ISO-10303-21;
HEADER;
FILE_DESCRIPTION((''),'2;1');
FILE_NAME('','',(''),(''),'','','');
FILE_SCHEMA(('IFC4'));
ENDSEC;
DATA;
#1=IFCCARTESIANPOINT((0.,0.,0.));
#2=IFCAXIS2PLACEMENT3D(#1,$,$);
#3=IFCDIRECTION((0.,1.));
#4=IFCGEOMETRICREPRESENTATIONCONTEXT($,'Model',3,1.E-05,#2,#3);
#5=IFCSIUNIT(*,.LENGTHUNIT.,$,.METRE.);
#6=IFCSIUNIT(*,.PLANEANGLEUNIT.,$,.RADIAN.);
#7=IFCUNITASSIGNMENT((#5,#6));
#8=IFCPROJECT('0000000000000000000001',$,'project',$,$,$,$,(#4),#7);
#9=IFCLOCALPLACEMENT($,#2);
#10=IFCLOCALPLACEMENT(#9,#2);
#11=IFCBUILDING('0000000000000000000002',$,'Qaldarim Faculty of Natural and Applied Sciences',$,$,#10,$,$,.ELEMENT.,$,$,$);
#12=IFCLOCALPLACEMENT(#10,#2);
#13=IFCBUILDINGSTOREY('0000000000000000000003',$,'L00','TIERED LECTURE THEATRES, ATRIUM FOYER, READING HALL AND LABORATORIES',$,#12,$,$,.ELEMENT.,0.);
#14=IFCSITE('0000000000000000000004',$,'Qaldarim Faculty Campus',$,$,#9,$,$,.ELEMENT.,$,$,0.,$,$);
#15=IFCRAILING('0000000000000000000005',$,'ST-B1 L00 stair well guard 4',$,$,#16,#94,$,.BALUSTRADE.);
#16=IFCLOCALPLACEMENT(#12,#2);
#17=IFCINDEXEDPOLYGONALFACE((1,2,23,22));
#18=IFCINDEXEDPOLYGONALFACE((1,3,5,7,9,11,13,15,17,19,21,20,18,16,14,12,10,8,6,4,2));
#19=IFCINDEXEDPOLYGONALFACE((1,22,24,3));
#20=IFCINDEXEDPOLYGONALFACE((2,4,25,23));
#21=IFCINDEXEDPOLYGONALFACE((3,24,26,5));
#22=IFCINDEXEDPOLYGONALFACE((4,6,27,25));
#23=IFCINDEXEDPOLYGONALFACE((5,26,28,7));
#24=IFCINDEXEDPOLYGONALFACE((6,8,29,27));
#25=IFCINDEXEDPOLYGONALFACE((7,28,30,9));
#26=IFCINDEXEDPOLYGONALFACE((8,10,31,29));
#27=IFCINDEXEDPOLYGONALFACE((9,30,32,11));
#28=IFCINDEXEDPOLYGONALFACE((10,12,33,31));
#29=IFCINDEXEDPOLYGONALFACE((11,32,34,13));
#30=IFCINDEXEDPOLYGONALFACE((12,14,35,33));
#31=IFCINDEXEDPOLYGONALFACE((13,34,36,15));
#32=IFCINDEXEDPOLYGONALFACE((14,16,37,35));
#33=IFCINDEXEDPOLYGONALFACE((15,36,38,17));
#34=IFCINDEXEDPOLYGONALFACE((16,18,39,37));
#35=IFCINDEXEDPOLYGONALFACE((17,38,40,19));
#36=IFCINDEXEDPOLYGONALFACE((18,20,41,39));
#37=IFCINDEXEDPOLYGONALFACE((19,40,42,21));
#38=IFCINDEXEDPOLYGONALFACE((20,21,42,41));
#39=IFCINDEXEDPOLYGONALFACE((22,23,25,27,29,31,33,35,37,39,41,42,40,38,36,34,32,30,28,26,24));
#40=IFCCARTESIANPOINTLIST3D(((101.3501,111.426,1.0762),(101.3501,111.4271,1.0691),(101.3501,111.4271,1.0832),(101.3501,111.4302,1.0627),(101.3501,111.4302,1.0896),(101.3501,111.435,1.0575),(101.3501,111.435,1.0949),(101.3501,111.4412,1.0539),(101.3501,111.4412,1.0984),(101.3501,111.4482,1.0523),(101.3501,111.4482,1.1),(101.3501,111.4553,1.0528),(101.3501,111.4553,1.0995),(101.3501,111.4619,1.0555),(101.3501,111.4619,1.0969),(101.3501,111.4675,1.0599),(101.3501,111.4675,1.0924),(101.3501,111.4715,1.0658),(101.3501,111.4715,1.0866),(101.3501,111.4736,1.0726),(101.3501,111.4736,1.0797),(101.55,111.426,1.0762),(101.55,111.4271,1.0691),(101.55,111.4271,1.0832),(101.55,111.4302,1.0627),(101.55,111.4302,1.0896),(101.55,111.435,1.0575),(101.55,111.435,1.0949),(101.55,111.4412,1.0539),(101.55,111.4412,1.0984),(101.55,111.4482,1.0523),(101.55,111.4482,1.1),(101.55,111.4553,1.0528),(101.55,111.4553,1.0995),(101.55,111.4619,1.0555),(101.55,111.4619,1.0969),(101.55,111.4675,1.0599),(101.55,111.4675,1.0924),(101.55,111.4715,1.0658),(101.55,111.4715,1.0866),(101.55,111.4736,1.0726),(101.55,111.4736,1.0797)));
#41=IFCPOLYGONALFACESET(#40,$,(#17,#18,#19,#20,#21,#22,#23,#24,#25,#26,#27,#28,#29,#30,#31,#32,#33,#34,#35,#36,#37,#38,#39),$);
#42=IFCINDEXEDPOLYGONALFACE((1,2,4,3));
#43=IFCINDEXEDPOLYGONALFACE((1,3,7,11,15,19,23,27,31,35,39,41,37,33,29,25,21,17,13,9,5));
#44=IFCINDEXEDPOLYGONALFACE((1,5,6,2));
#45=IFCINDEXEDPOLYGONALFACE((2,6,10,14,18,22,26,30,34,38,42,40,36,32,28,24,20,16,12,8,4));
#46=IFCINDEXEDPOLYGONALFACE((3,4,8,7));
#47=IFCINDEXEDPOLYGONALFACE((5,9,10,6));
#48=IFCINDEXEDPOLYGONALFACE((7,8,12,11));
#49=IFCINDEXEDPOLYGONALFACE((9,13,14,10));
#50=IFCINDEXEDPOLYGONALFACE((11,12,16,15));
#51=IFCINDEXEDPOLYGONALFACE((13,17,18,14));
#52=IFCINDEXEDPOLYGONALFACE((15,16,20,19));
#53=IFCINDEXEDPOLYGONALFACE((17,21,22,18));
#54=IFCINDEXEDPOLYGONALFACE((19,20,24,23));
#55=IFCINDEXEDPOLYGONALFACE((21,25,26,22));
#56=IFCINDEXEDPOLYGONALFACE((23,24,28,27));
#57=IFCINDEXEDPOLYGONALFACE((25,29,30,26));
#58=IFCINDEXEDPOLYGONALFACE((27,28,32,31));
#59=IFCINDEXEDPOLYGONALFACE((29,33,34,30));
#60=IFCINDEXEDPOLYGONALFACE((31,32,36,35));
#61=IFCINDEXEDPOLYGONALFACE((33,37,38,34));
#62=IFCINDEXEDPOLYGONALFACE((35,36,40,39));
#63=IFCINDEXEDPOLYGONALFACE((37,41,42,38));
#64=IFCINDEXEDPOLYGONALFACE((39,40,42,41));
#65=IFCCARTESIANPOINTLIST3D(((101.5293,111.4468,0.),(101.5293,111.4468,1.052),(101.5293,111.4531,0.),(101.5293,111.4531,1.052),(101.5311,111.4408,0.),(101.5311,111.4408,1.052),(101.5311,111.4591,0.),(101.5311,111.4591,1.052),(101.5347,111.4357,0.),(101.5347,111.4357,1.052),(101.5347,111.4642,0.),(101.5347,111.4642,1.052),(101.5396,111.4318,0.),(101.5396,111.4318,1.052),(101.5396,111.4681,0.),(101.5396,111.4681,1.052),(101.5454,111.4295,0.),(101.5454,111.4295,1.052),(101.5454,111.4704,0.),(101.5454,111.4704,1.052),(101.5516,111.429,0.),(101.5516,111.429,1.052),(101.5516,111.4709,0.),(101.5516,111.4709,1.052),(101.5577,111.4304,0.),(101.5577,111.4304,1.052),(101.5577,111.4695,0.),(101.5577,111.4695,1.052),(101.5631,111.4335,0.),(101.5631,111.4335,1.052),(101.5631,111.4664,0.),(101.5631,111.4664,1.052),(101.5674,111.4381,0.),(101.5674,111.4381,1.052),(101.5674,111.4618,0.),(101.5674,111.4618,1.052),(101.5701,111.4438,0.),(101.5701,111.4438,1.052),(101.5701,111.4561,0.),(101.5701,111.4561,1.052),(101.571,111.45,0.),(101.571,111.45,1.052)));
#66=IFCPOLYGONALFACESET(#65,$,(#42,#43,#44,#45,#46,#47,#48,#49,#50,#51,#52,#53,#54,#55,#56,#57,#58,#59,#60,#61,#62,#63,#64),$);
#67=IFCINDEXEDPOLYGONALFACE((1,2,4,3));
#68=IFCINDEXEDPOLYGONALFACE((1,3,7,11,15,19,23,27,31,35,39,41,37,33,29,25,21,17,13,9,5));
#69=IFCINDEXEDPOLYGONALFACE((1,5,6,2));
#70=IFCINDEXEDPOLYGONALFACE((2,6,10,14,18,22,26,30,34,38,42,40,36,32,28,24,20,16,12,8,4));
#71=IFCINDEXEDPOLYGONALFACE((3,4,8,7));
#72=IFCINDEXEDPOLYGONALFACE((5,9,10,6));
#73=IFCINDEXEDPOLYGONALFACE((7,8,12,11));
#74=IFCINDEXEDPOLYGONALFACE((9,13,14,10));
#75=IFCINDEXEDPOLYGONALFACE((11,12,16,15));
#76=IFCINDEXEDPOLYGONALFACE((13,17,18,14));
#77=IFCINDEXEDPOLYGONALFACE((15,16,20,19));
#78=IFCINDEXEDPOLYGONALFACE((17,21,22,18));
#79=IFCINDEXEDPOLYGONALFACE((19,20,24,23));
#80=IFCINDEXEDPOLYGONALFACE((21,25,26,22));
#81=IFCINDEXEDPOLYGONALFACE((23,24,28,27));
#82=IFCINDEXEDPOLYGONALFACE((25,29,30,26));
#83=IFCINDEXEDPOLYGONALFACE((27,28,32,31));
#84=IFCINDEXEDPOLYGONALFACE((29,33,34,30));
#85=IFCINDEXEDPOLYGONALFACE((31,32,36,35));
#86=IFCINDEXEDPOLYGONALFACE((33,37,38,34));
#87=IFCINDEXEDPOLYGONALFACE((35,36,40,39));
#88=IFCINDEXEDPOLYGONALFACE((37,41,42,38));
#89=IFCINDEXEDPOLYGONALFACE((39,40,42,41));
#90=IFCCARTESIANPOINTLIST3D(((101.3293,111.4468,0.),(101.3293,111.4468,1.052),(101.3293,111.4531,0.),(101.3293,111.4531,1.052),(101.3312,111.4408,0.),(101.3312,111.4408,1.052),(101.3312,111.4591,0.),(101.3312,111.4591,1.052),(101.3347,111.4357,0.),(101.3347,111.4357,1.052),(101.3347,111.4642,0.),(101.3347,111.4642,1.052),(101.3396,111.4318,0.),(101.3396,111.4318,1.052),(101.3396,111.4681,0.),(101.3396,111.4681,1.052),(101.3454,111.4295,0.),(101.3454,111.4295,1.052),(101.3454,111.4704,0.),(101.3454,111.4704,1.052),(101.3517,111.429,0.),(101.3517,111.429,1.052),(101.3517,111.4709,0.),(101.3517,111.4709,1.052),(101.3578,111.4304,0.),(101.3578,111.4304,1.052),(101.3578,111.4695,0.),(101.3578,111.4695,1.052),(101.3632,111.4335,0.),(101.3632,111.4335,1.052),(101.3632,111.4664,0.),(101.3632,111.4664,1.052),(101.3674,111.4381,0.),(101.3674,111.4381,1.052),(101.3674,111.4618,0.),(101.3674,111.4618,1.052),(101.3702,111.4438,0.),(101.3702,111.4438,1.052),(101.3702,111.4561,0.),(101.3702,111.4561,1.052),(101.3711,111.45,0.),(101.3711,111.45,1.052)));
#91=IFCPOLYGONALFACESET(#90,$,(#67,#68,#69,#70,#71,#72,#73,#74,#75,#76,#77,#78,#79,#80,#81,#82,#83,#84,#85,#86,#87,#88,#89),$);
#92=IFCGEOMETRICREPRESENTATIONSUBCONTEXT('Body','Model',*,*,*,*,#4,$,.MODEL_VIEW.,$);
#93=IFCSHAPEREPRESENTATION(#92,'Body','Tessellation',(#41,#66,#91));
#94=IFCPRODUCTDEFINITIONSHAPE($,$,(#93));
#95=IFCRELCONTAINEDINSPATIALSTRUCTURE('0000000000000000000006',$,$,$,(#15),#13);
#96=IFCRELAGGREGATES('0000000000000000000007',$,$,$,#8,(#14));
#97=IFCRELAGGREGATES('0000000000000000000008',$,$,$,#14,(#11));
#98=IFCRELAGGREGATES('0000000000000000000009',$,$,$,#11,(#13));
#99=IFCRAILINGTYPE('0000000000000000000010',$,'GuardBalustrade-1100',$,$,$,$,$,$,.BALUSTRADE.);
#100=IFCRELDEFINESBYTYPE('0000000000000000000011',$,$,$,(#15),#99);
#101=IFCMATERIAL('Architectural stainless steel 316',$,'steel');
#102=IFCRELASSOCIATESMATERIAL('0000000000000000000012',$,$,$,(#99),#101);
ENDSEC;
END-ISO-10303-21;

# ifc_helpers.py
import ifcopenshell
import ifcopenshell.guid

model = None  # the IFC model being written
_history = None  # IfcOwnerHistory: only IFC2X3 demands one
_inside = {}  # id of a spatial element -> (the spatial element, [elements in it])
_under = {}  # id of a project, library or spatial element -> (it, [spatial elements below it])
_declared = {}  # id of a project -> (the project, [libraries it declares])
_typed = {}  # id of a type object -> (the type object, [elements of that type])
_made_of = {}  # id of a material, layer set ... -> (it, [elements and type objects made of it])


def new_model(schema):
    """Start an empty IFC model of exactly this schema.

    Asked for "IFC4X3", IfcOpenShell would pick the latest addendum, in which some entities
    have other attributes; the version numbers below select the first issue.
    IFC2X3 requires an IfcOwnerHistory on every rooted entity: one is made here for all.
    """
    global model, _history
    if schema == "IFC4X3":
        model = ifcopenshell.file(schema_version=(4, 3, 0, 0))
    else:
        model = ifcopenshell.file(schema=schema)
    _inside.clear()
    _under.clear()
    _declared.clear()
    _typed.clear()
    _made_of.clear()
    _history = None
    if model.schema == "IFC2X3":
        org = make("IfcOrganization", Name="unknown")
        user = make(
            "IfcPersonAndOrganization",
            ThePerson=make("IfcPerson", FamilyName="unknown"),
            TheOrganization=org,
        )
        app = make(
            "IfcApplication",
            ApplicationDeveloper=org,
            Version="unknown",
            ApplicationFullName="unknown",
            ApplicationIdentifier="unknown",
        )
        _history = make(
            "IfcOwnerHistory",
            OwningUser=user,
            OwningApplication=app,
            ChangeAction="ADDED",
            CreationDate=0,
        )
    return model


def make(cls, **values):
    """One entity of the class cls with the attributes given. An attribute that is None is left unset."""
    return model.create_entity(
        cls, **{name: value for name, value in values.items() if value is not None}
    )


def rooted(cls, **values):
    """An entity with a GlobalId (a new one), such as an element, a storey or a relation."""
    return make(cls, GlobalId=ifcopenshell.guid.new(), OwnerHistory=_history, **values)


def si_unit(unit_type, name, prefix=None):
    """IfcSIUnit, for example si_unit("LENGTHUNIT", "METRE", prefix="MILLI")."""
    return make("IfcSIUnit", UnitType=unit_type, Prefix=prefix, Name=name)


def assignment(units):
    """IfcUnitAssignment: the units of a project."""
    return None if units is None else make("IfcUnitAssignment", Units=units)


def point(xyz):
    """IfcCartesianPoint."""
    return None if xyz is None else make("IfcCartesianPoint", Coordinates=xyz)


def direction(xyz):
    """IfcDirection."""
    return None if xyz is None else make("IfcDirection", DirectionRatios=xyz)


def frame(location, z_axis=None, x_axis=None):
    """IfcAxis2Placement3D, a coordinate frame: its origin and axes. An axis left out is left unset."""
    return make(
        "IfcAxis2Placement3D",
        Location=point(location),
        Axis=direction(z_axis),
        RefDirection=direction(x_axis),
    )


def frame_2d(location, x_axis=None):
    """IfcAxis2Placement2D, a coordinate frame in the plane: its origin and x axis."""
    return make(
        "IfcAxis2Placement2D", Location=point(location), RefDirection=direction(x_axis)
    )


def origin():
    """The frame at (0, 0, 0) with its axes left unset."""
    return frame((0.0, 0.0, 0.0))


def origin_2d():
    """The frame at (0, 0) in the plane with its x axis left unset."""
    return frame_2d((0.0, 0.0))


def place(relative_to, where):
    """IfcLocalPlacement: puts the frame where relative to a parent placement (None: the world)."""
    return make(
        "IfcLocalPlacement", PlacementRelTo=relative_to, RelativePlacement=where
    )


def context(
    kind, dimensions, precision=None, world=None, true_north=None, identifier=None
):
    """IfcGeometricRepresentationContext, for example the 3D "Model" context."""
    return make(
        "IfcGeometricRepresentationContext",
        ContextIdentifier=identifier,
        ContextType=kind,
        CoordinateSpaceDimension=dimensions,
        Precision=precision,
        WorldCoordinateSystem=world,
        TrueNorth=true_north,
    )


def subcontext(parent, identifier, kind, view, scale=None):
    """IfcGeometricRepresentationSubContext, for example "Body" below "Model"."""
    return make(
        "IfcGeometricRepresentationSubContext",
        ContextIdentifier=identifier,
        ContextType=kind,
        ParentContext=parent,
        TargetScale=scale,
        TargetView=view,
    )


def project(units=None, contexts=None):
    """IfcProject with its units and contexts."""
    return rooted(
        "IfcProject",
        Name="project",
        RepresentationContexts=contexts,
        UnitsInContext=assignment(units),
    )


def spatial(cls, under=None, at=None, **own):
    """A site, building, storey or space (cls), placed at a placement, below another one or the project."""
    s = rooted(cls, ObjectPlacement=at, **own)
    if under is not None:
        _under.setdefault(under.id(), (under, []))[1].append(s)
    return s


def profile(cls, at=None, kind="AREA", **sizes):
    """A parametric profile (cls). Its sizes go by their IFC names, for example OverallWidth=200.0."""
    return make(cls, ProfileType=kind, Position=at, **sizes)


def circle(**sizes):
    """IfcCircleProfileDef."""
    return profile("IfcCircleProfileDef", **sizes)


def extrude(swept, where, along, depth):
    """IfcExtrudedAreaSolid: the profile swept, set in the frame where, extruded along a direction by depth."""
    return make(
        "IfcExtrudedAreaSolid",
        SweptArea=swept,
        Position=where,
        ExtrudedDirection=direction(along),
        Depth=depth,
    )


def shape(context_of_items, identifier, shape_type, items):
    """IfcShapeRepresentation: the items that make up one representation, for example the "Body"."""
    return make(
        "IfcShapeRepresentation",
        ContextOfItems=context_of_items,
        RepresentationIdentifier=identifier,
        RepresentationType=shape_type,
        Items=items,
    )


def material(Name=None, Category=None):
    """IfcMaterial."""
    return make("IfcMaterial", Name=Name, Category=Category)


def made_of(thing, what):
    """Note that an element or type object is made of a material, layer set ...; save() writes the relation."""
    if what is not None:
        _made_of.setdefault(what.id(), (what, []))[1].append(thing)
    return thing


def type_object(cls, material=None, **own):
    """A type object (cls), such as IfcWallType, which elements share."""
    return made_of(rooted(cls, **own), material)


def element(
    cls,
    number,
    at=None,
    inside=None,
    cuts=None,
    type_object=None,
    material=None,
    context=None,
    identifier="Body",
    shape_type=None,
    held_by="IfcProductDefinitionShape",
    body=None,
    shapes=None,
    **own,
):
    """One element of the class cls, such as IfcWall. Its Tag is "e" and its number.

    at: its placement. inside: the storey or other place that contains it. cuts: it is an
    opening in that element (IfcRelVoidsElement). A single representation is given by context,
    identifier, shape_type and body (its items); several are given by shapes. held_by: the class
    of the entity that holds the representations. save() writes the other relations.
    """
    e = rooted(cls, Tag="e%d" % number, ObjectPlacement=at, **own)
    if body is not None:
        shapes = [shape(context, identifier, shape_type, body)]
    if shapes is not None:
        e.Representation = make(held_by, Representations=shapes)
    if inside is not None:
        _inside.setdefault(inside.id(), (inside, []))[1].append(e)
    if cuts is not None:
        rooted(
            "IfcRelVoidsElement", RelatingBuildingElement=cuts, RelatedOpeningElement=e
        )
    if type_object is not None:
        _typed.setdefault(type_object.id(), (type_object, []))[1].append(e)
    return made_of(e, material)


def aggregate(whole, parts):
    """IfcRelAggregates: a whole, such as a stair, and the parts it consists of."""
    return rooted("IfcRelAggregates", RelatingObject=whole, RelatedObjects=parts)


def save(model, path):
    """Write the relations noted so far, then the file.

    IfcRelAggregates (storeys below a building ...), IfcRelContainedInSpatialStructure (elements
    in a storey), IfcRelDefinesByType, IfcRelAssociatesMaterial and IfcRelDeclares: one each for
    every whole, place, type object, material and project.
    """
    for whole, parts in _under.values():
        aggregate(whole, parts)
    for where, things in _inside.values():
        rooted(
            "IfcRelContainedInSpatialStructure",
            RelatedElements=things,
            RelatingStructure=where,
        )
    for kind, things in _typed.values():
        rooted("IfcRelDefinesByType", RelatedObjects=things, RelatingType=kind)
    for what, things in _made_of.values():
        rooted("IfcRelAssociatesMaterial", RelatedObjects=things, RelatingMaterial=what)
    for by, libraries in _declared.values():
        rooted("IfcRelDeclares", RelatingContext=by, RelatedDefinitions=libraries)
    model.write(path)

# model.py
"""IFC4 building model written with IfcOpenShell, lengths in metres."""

from ifc_helpers import new_model, si_unit, direction, frame, origin, origin_2d, place, context, subcontext, project, spatial, circle, extrude, material, type_object, element, save


model = new_model("IFC4")

# Units and contexts
model_context = context("Model", 3, precision=1e-05, world=origin(), true_north=direction((0.0, 1.0)))
body_context = subcontext(model_context, "Body", "Model", "MODEL_VIEW")
ifc_project = project(units=[si_unit("LENGTHUNIT", "METRE"), si_unit("PLANEANGLEUNIT", "RADIAN")], contexts=[model_context])

# Site, building, storey
site_placement = place(None, origin())
site = spatial("IfcSite", under=ifc_project, at=site_placement, Name="Qaldarim Faculty Campus", CompositionType="ELEMENT", RefElevation=0.0)
building_placement = place(site_placement, origin())
building = spatial("IfcBuilding", under=site, at=building_placement, Name="Qaldarim Faculty of Natural and Applied Sciences", CompositionType="ELEMENT")
storey_placement = place(building_placement, origin())
storey = spatial("IfcBuildingStorey", under=building, at=storey_placement, Name="L00", Description="TIERED LECTURE THEATRES, ATRIUM FOYER, READING HALL AND LABORATORIES", CompositionType="ELEMENT", Elevation=0.0)

# Shared definitions
ifc_material_1 = material(Name="Architectural stainless steel 316", Category="steel")

# Railing
railing_type_1 = type_object("IfcRailingType", Name="GuardBalustrade-1100", PredefinedType="BALUSTRADE", material=ifc_material_1)
railing_1_placement = place(storey_placement, frame((101.55, 111.45, 0.0)))
element("IfcRailing", 1, at=railing_1_placement, inside=storey, type_object=railing_type_1, Name="ST-B1 L00 stair well guard 4", PredefinedType="BALUSTRADE", context=body_context, shape_type="SweptSolid", body=[
    extrude(circle(Radius=0.0239, at=origin_2d()), frame((0.0, 0.0, 1.0762), z_axis=(-1.0, 0.0, 0.0), x_axis=(0.0, -1.0, 0.0)), (0.0, 0.0, 1.0), 0.2),
    extrude(circle(Radius=0.021, at=origin_2d()), origin(), (0.0, 0.0, 1.0), 1.052),
    extrude(circle(Radius=0.021, at=origin_2d()), frame((-0.2, 0.0, 0.0)), (0.0, 0.0, 1.0), 1.052),
])

save(model, "model.ifc")
